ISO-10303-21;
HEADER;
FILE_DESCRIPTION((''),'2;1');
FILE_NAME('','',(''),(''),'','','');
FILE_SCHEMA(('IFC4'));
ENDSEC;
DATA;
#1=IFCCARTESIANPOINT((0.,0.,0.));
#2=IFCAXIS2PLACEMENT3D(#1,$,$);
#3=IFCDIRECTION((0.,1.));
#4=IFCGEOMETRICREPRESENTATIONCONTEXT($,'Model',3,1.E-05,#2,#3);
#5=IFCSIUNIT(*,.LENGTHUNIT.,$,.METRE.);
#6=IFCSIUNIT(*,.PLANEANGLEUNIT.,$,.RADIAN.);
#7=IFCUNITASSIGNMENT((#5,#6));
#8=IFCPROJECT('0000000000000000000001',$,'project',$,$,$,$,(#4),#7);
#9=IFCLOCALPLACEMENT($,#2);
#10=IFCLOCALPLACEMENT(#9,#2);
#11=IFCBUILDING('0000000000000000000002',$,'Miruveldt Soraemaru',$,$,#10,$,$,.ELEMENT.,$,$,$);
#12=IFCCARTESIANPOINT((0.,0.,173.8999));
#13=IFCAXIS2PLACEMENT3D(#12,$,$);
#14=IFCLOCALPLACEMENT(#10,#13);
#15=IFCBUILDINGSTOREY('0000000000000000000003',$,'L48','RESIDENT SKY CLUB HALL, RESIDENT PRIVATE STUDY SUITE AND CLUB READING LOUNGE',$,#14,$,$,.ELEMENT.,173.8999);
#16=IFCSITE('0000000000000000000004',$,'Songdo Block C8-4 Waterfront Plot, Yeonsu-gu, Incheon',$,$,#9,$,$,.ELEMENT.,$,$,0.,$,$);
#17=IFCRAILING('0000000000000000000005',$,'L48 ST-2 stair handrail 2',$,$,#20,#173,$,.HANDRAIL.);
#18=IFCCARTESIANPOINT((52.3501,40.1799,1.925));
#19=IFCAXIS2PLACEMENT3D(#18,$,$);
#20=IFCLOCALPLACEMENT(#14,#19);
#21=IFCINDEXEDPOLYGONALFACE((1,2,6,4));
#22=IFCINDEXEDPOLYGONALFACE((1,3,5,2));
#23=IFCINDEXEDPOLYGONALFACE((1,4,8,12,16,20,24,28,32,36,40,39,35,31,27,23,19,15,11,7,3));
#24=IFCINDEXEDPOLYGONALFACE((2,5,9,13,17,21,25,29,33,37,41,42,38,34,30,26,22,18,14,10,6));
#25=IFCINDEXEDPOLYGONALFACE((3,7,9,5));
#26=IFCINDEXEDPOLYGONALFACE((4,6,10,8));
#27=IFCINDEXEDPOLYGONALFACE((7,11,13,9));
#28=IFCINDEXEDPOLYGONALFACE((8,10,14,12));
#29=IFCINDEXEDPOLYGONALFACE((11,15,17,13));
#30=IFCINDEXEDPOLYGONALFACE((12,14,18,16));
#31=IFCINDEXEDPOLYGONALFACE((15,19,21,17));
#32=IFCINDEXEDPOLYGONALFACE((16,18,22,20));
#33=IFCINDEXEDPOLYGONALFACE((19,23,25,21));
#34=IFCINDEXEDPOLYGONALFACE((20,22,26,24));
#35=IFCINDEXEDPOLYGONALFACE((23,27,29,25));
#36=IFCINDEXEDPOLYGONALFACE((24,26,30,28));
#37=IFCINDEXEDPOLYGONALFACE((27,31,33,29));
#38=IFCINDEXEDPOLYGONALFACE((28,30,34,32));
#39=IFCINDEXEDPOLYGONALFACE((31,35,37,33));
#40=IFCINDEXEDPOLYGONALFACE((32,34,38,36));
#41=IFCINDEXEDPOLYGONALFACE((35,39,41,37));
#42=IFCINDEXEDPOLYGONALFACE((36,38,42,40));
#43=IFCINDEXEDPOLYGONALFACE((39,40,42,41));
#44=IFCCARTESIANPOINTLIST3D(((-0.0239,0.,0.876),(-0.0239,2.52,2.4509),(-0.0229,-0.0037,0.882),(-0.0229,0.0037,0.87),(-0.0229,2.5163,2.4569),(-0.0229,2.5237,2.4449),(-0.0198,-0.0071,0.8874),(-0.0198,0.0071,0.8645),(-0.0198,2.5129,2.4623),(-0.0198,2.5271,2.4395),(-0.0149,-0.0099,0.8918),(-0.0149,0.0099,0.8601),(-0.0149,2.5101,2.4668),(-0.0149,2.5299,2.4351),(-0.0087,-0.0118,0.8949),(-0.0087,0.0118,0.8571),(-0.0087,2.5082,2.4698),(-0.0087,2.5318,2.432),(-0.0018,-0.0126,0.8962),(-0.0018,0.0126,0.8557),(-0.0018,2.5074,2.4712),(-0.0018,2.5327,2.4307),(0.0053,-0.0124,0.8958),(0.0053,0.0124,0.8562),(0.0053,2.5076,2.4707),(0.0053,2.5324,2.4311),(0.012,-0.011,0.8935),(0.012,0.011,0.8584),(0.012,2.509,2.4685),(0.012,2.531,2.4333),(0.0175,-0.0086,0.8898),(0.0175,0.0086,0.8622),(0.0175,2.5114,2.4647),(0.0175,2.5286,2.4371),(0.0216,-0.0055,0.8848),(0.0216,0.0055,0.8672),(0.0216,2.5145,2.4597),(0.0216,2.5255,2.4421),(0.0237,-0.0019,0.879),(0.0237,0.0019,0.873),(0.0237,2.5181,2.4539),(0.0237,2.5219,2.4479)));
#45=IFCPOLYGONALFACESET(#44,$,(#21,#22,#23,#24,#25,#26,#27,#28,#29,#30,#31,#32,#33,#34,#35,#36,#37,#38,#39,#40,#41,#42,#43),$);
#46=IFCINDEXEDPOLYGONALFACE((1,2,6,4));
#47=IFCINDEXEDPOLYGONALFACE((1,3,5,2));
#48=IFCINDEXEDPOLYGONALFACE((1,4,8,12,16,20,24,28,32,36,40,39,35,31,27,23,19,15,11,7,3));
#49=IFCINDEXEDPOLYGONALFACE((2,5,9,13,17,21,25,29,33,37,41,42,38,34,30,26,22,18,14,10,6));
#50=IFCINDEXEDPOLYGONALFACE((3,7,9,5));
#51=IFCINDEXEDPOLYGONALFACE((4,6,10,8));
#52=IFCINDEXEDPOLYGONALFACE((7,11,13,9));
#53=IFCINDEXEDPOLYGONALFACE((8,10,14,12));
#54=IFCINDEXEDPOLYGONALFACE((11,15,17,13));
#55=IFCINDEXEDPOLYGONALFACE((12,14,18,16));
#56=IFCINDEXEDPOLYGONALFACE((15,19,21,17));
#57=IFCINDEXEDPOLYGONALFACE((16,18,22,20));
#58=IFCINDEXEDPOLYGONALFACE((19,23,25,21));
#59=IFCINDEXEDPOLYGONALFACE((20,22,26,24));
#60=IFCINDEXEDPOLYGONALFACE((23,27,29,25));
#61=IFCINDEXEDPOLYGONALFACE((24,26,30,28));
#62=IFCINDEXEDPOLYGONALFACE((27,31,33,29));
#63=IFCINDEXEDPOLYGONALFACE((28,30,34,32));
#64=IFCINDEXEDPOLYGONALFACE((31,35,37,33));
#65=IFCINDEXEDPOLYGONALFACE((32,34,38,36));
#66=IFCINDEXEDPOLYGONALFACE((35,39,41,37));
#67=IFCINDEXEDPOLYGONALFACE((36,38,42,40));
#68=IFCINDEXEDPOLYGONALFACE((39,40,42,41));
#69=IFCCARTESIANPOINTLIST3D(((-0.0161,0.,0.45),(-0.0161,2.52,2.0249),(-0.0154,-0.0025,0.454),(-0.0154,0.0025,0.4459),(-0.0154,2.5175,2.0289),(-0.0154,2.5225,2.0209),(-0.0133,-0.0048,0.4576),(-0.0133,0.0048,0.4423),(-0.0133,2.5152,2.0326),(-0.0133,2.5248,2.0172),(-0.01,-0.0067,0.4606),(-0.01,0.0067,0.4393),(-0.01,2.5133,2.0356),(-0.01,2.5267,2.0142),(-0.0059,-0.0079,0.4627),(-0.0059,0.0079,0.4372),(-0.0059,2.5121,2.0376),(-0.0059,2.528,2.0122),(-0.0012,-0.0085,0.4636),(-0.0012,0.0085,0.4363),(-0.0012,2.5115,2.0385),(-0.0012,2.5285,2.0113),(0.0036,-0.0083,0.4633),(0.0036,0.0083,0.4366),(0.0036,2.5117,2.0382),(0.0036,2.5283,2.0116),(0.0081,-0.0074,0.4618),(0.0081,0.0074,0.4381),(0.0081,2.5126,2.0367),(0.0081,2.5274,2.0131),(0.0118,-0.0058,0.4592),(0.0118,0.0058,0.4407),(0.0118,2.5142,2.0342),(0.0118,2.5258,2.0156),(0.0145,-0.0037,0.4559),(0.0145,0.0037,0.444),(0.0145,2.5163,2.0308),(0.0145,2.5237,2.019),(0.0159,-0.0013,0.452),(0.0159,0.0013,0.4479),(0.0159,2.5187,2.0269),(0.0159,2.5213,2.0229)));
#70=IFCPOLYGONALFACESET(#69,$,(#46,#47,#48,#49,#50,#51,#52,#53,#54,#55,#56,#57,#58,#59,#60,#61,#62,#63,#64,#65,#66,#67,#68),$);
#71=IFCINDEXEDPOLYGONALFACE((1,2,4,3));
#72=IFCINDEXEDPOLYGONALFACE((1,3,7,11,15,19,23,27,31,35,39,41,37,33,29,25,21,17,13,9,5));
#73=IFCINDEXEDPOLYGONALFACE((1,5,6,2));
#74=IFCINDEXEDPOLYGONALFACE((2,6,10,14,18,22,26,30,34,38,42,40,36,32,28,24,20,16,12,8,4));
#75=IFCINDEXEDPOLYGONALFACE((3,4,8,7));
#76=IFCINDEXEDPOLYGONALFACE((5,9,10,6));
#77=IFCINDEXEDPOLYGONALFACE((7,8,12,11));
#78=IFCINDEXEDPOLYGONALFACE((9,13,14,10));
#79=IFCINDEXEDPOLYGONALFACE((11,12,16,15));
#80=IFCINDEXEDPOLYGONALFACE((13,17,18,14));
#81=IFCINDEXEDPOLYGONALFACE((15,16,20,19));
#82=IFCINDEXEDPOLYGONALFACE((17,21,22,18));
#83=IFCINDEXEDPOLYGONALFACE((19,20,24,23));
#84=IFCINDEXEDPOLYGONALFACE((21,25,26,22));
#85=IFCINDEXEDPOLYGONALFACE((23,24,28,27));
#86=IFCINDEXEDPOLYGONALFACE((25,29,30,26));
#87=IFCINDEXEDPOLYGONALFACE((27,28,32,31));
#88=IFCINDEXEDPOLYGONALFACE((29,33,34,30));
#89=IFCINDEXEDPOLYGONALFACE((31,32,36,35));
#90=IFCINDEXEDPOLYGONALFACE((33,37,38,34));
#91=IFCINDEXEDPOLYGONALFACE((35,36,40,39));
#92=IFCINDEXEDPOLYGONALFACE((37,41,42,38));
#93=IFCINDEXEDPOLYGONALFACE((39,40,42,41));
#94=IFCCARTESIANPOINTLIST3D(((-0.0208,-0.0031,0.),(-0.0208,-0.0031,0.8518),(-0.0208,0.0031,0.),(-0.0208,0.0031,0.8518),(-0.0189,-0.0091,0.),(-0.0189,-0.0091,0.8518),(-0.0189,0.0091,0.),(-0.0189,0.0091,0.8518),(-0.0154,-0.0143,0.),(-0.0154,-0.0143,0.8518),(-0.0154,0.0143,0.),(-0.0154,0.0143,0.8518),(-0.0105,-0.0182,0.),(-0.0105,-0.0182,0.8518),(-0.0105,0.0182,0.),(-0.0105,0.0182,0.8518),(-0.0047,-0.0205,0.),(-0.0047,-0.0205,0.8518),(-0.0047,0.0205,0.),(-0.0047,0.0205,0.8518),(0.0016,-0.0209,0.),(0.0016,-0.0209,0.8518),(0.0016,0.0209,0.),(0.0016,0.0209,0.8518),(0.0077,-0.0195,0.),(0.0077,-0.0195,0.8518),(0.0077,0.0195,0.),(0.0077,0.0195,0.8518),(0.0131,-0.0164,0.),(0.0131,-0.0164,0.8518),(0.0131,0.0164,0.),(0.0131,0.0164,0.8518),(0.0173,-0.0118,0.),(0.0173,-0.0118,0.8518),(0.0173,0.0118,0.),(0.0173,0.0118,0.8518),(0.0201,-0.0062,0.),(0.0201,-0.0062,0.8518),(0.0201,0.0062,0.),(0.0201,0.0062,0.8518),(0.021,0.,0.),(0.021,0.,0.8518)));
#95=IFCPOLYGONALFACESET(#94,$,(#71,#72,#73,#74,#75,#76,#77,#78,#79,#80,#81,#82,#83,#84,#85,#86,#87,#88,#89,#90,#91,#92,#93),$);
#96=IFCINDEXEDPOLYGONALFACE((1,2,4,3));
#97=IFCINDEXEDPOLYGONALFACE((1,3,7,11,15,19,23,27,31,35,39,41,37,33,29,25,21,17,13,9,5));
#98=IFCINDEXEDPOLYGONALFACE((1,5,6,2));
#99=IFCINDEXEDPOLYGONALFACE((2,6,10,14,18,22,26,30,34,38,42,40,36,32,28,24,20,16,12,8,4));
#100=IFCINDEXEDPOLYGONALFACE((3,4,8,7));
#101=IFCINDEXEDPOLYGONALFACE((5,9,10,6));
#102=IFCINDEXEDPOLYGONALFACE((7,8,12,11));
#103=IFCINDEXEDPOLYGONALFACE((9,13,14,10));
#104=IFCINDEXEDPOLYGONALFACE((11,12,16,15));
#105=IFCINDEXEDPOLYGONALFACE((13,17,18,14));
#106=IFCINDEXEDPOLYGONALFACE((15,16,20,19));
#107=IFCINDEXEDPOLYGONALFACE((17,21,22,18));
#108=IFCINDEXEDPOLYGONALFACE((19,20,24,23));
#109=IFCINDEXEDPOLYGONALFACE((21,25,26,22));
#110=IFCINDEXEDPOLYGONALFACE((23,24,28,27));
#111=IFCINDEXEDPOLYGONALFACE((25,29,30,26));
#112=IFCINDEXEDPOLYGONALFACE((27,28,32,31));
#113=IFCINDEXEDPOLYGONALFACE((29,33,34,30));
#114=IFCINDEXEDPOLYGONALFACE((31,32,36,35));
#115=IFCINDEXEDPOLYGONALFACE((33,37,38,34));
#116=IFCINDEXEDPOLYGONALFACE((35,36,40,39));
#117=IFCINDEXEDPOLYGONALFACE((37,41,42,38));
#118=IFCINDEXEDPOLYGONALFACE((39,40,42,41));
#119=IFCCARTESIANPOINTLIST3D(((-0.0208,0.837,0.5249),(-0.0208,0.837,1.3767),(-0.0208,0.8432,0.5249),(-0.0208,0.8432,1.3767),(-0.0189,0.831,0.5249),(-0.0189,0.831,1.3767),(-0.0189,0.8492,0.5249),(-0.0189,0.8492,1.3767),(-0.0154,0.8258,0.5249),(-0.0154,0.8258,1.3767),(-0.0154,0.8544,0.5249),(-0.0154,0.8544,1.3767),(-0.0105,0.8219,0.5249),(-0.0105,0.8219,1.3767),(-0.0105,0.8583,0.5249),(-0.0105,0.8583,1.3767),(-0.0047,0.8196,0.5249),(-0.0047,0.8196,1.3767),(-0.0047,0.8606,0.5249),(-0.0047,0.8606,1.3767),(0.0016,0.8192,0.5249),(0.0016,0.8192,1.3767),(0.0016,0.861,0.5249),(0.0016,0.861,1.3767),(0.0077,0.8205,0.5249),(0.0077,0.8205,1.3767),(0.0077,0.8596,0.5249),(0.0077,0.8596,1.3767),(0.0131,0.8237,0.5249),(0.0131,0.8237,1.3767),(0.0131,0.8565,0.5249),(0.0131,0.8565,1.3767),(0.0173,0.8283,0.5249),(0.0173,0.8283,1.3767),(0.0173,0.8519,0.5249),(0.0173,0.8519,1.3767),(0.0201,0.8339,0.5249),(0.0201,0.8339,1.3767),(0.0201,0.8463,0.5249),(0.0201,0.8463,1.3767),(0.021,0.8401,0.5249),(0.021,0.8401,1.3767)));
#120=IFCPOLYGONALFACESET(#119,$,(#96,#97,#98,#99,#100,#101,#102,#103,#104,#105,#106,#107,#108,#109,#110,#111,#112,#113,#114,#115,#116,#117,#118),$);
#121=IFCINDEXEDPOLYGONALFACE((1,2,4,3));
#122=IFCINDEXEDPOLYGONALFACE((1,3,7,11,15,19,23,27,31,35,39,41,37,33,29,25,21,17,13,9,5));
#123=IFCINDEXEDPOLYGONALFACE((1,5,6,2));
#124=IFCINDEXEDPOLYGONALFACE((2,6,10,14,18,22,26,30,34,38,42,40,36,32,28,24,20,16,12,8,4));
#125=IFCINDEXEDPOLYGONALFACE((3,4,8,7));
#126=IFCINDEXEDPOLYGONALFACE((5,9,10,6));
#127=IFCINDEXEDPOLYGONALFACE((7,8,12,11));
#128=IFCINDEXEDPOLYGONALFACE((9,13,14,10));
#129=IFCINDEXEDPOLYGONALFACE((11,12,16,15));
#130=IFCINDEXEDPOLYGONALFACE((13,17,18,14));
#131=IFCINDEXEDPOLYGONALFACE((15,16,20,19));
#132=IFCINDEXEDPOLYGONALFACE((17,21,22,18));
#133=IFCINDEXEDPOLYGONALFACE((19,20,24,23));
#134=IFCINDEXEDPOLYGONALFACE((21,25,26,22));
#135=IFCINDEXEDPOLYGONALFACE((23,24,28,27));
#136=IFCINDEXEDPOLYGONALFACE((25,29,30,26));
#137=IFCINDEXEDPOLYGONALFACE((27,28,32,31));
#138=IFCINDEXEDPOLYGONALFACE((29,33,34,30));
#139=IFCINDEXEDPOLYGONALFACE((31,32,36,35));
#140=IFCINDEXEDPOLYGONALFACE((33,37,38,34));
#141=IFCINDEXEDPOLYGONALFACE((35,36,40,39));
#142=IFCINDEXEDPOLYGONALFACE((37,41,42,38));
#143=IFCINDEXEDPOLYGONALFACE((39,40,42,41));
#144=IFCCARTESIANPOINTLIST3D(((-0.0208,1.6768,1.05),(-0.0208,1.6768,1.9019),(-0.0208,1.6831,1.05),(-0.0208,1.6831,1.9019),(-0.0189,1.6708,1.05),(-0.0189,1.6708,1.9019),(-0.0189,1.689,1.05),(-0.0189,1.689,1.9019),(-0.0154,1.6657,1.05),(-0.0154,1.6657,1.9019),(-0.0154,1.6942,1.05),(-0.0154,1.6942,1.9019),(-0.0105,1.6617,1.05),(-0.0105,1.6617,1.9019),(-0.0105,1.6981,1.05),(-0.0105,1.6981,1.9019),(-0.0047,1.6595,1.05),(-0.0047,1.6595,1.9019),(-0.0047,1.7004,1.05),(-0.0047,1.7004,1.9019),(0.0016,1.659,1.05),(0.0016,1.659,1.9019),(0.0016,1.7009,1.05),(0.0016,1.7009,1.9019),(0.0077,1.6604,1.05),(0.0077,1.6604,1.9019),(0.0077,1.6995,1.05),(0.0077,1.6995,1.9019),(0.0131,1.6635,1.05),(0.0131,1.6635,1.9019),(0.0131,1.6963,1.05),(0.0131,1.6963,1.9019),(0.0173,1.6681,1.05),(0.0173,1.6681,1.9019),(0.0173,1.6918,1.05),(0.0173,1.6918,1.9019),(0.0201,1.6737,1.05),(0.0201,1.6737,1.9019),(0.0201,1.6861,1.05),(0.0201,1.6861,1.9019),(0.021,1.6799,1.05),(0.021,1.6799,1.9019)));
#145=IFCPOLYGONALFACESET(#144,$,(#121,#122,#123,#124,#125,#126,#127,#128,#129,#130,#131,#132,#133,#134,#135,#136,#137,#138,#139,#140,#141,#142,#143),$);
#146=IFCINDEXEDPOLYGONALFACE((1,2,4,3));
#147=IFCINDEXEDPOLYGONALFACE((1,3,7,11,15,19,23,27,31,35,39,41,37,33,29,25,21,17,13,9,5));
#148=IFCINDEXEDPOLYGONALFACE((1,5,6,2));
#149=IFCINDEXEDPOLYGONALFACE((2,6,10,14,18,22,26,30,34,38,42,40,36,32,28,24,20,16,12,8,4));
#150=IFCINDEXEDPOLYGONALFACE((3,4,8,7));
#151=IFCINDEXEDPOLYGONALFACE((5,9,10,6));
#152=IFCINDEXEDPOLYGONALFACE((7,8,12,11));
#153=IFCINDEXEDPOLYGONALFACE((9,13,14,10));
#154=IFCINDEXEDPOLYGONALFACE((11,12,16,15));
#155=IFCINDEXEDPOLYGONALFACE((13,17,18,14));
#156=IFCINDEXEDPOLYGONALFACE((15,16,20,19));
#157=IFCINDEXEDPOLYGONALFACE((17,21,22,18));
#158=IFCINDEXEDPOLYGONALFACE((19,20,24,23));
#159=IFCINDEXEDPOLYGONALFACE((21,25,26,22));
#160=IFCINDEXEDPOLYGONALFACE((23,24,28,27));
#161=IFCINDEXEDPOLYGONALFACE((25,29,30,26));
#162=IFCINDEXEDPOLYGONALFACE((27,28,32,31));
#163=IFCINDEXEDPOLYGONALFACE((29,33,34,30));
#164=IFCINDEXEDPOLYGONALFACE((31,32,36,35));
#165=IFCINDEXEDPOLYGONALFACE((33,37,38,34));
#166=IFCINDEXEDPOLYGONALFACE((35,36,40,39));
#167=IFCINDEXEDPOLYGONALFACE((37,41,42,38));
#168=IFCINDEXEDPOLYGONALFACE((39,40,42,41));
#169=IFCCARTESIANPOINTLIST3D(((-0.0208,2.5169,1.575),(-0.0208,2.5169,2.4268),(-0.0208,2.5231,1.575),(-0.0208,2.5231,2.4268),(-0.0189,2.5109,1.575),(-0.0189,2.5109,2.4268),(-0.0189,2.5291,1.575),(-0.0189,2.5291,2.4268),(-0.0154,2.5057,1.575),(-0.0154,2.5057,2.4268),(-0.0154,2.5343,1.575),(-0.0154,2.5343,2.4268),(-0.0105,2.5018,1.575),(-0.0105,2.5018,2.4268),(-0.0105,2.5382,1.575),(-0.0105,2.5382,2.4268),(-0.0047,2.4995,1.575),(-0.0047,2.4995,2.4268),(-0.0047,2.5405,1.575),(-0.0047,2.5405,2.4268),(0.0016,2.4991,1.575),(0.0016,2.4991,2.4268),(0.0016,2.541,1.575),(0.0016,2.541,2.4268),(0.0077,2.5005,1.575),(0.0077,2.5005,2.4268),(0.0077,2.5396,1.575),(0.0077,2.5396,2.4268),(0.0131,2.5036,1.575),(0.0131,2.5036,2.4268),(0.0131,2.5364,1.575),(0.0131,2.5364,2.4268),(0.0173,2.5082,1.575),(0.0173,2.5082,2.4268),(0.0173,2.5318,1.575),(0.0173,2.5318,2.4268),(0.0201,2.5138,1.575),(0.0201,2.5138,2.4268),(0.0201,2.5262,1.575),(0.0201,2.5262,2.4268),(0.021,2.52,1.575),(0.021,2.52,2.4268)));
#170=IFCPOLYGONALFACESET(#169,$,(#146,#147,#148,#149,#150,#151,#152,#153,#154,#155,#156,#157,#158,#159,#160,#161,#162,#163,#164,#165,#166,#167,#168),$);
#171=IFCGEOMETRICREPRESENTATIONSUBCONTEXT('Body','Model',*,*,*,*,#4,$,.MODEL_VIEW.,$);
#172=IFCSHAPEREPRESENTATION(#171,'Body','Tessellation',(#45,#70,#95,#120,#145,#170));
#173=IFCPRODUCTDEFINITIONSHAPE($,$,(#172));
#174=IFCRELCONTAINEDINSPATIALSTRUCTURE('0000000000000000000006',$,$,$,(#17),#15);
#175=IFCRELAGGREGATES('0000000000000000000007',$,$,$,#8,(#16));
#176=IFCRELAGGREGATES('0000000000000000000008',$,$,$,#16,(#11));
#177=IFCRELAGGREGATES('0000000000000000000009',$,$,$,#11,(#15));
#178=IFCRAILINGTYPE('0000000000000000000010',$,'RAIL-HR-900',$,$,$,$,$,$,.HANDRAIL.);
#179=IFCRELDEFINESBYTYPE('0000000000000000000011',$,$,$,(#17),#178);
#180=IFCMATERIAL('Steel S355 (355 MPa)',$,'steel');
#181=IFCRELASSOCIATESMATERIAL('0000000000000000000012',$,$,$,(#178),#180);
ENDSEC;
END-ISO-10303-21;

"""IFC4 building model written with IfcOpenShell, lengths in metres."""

from ifc_helpers import new_model, si_unit, direction, frame, origin, origin_2d, place, context, subcontext, project, spatial, circle, extrude, material, type_object, element, save


model = new_model("IFC4")

# Units and contexts
model_context = context("Model", 3, precision=1e-05, world=origin(), true_north=direction((0.0, 1.0)))
body_context = subcontext(model_context, "Body", "Model", "MODEL_VIEW")
ifc_project = project(units=[si_unit("LENGTHUNIT", "METRE"), si_unit("PLANEANGLEUNIT", "RADIAN")], contexts=[model_context])

# Site, building, storey
site_placement = place(None, origin())
site = spatial("IfcSite", under=ifc_project, at=site_placement, Name="Songdo Block C8-4 Waterfront Plot, Yeonsu-gu, Incheon", CompositionType="ELEMENT", RefElevation=0.0)
building_placement = place(site_placement, origin())
building = spatial("IfcBuilding", under=site, at=building_placement, Name="Miruveldt Soraemaru", CompositionType="ELEMENT")
storey_placement = place(building_placement, frame((0.0, 0.0, 173.8999)))
storey = spatial("IfcBuildingStorey", under=building, at=storey_placement, Name="L48", Description="RESIDENT SKY CLUB HALL, RESIDENT PRIVATE STUDY SUITE AND CLUB READING LOUNGE", CompositionType="ELEMENT", Elevation=173.8999)

# Railing
ifc_material_1 = material(Name="Steel S355 (355 MPa)", Category="steel")
railing_type_1 = type_object("IfcRailingType", Name="RAIL-HR-900", PredefinedType="HANDRAIL", material=ifc_material_1)
railing_1_placement = place(storey_placement, frame((52.3501, 40.1799, 1.925)))
element("IfcRailing", 1, at=railing_1_placement, inside=storey, type_object=railing_type_1, Name="L48 ST-2 stair handrail 2", PredefinedType="HANDRAIL", context=body_context, shape_type="SweptSolid", body=[
    extrude(circle(Radius=0.0239, at=origin_2d()), frame((0.0, 0.0, 0.876), z_axis=(0.0, 0.848008, 0.529984), x_axis=(-1.0, 0.0, 0.0)), (0.0, 0.0, 1.0), 2.9717),
    extrude(circle(Radius=0.0161, at=origin_2d()), frame((0.0, 0.0, 0.45), z_axis=(0.0, 0.848008, 0.529984), x_axis=(-1.0, 0.0, 0.0)), (0.0, 0.0, 1.0), 2.9717),
    extrude(circle(Radius=0.021, at=origin_2d()), origin(), (0.0, 0.0, 1.0), 0.8518),
    extrude(circle(Radius=0.021, at=origin_2d()), frame((0.0, 0.8401, 0.5249)), (0.0, 0.0, 1.0), 0.8518),
    extrude(circle(Radius=0.021, at=origin_2d()), frame((0.0, 1.6799, 1.05)), (0.0, 0.0, 1.0), 0.8518),
    extrude(circle(Radius=0.021, at=origin_2d()), frame((0.0, 2.52, 1.575)), (0.0, 0.0, 1.0), 0.8518),
])

save(model, "model.ifc")
